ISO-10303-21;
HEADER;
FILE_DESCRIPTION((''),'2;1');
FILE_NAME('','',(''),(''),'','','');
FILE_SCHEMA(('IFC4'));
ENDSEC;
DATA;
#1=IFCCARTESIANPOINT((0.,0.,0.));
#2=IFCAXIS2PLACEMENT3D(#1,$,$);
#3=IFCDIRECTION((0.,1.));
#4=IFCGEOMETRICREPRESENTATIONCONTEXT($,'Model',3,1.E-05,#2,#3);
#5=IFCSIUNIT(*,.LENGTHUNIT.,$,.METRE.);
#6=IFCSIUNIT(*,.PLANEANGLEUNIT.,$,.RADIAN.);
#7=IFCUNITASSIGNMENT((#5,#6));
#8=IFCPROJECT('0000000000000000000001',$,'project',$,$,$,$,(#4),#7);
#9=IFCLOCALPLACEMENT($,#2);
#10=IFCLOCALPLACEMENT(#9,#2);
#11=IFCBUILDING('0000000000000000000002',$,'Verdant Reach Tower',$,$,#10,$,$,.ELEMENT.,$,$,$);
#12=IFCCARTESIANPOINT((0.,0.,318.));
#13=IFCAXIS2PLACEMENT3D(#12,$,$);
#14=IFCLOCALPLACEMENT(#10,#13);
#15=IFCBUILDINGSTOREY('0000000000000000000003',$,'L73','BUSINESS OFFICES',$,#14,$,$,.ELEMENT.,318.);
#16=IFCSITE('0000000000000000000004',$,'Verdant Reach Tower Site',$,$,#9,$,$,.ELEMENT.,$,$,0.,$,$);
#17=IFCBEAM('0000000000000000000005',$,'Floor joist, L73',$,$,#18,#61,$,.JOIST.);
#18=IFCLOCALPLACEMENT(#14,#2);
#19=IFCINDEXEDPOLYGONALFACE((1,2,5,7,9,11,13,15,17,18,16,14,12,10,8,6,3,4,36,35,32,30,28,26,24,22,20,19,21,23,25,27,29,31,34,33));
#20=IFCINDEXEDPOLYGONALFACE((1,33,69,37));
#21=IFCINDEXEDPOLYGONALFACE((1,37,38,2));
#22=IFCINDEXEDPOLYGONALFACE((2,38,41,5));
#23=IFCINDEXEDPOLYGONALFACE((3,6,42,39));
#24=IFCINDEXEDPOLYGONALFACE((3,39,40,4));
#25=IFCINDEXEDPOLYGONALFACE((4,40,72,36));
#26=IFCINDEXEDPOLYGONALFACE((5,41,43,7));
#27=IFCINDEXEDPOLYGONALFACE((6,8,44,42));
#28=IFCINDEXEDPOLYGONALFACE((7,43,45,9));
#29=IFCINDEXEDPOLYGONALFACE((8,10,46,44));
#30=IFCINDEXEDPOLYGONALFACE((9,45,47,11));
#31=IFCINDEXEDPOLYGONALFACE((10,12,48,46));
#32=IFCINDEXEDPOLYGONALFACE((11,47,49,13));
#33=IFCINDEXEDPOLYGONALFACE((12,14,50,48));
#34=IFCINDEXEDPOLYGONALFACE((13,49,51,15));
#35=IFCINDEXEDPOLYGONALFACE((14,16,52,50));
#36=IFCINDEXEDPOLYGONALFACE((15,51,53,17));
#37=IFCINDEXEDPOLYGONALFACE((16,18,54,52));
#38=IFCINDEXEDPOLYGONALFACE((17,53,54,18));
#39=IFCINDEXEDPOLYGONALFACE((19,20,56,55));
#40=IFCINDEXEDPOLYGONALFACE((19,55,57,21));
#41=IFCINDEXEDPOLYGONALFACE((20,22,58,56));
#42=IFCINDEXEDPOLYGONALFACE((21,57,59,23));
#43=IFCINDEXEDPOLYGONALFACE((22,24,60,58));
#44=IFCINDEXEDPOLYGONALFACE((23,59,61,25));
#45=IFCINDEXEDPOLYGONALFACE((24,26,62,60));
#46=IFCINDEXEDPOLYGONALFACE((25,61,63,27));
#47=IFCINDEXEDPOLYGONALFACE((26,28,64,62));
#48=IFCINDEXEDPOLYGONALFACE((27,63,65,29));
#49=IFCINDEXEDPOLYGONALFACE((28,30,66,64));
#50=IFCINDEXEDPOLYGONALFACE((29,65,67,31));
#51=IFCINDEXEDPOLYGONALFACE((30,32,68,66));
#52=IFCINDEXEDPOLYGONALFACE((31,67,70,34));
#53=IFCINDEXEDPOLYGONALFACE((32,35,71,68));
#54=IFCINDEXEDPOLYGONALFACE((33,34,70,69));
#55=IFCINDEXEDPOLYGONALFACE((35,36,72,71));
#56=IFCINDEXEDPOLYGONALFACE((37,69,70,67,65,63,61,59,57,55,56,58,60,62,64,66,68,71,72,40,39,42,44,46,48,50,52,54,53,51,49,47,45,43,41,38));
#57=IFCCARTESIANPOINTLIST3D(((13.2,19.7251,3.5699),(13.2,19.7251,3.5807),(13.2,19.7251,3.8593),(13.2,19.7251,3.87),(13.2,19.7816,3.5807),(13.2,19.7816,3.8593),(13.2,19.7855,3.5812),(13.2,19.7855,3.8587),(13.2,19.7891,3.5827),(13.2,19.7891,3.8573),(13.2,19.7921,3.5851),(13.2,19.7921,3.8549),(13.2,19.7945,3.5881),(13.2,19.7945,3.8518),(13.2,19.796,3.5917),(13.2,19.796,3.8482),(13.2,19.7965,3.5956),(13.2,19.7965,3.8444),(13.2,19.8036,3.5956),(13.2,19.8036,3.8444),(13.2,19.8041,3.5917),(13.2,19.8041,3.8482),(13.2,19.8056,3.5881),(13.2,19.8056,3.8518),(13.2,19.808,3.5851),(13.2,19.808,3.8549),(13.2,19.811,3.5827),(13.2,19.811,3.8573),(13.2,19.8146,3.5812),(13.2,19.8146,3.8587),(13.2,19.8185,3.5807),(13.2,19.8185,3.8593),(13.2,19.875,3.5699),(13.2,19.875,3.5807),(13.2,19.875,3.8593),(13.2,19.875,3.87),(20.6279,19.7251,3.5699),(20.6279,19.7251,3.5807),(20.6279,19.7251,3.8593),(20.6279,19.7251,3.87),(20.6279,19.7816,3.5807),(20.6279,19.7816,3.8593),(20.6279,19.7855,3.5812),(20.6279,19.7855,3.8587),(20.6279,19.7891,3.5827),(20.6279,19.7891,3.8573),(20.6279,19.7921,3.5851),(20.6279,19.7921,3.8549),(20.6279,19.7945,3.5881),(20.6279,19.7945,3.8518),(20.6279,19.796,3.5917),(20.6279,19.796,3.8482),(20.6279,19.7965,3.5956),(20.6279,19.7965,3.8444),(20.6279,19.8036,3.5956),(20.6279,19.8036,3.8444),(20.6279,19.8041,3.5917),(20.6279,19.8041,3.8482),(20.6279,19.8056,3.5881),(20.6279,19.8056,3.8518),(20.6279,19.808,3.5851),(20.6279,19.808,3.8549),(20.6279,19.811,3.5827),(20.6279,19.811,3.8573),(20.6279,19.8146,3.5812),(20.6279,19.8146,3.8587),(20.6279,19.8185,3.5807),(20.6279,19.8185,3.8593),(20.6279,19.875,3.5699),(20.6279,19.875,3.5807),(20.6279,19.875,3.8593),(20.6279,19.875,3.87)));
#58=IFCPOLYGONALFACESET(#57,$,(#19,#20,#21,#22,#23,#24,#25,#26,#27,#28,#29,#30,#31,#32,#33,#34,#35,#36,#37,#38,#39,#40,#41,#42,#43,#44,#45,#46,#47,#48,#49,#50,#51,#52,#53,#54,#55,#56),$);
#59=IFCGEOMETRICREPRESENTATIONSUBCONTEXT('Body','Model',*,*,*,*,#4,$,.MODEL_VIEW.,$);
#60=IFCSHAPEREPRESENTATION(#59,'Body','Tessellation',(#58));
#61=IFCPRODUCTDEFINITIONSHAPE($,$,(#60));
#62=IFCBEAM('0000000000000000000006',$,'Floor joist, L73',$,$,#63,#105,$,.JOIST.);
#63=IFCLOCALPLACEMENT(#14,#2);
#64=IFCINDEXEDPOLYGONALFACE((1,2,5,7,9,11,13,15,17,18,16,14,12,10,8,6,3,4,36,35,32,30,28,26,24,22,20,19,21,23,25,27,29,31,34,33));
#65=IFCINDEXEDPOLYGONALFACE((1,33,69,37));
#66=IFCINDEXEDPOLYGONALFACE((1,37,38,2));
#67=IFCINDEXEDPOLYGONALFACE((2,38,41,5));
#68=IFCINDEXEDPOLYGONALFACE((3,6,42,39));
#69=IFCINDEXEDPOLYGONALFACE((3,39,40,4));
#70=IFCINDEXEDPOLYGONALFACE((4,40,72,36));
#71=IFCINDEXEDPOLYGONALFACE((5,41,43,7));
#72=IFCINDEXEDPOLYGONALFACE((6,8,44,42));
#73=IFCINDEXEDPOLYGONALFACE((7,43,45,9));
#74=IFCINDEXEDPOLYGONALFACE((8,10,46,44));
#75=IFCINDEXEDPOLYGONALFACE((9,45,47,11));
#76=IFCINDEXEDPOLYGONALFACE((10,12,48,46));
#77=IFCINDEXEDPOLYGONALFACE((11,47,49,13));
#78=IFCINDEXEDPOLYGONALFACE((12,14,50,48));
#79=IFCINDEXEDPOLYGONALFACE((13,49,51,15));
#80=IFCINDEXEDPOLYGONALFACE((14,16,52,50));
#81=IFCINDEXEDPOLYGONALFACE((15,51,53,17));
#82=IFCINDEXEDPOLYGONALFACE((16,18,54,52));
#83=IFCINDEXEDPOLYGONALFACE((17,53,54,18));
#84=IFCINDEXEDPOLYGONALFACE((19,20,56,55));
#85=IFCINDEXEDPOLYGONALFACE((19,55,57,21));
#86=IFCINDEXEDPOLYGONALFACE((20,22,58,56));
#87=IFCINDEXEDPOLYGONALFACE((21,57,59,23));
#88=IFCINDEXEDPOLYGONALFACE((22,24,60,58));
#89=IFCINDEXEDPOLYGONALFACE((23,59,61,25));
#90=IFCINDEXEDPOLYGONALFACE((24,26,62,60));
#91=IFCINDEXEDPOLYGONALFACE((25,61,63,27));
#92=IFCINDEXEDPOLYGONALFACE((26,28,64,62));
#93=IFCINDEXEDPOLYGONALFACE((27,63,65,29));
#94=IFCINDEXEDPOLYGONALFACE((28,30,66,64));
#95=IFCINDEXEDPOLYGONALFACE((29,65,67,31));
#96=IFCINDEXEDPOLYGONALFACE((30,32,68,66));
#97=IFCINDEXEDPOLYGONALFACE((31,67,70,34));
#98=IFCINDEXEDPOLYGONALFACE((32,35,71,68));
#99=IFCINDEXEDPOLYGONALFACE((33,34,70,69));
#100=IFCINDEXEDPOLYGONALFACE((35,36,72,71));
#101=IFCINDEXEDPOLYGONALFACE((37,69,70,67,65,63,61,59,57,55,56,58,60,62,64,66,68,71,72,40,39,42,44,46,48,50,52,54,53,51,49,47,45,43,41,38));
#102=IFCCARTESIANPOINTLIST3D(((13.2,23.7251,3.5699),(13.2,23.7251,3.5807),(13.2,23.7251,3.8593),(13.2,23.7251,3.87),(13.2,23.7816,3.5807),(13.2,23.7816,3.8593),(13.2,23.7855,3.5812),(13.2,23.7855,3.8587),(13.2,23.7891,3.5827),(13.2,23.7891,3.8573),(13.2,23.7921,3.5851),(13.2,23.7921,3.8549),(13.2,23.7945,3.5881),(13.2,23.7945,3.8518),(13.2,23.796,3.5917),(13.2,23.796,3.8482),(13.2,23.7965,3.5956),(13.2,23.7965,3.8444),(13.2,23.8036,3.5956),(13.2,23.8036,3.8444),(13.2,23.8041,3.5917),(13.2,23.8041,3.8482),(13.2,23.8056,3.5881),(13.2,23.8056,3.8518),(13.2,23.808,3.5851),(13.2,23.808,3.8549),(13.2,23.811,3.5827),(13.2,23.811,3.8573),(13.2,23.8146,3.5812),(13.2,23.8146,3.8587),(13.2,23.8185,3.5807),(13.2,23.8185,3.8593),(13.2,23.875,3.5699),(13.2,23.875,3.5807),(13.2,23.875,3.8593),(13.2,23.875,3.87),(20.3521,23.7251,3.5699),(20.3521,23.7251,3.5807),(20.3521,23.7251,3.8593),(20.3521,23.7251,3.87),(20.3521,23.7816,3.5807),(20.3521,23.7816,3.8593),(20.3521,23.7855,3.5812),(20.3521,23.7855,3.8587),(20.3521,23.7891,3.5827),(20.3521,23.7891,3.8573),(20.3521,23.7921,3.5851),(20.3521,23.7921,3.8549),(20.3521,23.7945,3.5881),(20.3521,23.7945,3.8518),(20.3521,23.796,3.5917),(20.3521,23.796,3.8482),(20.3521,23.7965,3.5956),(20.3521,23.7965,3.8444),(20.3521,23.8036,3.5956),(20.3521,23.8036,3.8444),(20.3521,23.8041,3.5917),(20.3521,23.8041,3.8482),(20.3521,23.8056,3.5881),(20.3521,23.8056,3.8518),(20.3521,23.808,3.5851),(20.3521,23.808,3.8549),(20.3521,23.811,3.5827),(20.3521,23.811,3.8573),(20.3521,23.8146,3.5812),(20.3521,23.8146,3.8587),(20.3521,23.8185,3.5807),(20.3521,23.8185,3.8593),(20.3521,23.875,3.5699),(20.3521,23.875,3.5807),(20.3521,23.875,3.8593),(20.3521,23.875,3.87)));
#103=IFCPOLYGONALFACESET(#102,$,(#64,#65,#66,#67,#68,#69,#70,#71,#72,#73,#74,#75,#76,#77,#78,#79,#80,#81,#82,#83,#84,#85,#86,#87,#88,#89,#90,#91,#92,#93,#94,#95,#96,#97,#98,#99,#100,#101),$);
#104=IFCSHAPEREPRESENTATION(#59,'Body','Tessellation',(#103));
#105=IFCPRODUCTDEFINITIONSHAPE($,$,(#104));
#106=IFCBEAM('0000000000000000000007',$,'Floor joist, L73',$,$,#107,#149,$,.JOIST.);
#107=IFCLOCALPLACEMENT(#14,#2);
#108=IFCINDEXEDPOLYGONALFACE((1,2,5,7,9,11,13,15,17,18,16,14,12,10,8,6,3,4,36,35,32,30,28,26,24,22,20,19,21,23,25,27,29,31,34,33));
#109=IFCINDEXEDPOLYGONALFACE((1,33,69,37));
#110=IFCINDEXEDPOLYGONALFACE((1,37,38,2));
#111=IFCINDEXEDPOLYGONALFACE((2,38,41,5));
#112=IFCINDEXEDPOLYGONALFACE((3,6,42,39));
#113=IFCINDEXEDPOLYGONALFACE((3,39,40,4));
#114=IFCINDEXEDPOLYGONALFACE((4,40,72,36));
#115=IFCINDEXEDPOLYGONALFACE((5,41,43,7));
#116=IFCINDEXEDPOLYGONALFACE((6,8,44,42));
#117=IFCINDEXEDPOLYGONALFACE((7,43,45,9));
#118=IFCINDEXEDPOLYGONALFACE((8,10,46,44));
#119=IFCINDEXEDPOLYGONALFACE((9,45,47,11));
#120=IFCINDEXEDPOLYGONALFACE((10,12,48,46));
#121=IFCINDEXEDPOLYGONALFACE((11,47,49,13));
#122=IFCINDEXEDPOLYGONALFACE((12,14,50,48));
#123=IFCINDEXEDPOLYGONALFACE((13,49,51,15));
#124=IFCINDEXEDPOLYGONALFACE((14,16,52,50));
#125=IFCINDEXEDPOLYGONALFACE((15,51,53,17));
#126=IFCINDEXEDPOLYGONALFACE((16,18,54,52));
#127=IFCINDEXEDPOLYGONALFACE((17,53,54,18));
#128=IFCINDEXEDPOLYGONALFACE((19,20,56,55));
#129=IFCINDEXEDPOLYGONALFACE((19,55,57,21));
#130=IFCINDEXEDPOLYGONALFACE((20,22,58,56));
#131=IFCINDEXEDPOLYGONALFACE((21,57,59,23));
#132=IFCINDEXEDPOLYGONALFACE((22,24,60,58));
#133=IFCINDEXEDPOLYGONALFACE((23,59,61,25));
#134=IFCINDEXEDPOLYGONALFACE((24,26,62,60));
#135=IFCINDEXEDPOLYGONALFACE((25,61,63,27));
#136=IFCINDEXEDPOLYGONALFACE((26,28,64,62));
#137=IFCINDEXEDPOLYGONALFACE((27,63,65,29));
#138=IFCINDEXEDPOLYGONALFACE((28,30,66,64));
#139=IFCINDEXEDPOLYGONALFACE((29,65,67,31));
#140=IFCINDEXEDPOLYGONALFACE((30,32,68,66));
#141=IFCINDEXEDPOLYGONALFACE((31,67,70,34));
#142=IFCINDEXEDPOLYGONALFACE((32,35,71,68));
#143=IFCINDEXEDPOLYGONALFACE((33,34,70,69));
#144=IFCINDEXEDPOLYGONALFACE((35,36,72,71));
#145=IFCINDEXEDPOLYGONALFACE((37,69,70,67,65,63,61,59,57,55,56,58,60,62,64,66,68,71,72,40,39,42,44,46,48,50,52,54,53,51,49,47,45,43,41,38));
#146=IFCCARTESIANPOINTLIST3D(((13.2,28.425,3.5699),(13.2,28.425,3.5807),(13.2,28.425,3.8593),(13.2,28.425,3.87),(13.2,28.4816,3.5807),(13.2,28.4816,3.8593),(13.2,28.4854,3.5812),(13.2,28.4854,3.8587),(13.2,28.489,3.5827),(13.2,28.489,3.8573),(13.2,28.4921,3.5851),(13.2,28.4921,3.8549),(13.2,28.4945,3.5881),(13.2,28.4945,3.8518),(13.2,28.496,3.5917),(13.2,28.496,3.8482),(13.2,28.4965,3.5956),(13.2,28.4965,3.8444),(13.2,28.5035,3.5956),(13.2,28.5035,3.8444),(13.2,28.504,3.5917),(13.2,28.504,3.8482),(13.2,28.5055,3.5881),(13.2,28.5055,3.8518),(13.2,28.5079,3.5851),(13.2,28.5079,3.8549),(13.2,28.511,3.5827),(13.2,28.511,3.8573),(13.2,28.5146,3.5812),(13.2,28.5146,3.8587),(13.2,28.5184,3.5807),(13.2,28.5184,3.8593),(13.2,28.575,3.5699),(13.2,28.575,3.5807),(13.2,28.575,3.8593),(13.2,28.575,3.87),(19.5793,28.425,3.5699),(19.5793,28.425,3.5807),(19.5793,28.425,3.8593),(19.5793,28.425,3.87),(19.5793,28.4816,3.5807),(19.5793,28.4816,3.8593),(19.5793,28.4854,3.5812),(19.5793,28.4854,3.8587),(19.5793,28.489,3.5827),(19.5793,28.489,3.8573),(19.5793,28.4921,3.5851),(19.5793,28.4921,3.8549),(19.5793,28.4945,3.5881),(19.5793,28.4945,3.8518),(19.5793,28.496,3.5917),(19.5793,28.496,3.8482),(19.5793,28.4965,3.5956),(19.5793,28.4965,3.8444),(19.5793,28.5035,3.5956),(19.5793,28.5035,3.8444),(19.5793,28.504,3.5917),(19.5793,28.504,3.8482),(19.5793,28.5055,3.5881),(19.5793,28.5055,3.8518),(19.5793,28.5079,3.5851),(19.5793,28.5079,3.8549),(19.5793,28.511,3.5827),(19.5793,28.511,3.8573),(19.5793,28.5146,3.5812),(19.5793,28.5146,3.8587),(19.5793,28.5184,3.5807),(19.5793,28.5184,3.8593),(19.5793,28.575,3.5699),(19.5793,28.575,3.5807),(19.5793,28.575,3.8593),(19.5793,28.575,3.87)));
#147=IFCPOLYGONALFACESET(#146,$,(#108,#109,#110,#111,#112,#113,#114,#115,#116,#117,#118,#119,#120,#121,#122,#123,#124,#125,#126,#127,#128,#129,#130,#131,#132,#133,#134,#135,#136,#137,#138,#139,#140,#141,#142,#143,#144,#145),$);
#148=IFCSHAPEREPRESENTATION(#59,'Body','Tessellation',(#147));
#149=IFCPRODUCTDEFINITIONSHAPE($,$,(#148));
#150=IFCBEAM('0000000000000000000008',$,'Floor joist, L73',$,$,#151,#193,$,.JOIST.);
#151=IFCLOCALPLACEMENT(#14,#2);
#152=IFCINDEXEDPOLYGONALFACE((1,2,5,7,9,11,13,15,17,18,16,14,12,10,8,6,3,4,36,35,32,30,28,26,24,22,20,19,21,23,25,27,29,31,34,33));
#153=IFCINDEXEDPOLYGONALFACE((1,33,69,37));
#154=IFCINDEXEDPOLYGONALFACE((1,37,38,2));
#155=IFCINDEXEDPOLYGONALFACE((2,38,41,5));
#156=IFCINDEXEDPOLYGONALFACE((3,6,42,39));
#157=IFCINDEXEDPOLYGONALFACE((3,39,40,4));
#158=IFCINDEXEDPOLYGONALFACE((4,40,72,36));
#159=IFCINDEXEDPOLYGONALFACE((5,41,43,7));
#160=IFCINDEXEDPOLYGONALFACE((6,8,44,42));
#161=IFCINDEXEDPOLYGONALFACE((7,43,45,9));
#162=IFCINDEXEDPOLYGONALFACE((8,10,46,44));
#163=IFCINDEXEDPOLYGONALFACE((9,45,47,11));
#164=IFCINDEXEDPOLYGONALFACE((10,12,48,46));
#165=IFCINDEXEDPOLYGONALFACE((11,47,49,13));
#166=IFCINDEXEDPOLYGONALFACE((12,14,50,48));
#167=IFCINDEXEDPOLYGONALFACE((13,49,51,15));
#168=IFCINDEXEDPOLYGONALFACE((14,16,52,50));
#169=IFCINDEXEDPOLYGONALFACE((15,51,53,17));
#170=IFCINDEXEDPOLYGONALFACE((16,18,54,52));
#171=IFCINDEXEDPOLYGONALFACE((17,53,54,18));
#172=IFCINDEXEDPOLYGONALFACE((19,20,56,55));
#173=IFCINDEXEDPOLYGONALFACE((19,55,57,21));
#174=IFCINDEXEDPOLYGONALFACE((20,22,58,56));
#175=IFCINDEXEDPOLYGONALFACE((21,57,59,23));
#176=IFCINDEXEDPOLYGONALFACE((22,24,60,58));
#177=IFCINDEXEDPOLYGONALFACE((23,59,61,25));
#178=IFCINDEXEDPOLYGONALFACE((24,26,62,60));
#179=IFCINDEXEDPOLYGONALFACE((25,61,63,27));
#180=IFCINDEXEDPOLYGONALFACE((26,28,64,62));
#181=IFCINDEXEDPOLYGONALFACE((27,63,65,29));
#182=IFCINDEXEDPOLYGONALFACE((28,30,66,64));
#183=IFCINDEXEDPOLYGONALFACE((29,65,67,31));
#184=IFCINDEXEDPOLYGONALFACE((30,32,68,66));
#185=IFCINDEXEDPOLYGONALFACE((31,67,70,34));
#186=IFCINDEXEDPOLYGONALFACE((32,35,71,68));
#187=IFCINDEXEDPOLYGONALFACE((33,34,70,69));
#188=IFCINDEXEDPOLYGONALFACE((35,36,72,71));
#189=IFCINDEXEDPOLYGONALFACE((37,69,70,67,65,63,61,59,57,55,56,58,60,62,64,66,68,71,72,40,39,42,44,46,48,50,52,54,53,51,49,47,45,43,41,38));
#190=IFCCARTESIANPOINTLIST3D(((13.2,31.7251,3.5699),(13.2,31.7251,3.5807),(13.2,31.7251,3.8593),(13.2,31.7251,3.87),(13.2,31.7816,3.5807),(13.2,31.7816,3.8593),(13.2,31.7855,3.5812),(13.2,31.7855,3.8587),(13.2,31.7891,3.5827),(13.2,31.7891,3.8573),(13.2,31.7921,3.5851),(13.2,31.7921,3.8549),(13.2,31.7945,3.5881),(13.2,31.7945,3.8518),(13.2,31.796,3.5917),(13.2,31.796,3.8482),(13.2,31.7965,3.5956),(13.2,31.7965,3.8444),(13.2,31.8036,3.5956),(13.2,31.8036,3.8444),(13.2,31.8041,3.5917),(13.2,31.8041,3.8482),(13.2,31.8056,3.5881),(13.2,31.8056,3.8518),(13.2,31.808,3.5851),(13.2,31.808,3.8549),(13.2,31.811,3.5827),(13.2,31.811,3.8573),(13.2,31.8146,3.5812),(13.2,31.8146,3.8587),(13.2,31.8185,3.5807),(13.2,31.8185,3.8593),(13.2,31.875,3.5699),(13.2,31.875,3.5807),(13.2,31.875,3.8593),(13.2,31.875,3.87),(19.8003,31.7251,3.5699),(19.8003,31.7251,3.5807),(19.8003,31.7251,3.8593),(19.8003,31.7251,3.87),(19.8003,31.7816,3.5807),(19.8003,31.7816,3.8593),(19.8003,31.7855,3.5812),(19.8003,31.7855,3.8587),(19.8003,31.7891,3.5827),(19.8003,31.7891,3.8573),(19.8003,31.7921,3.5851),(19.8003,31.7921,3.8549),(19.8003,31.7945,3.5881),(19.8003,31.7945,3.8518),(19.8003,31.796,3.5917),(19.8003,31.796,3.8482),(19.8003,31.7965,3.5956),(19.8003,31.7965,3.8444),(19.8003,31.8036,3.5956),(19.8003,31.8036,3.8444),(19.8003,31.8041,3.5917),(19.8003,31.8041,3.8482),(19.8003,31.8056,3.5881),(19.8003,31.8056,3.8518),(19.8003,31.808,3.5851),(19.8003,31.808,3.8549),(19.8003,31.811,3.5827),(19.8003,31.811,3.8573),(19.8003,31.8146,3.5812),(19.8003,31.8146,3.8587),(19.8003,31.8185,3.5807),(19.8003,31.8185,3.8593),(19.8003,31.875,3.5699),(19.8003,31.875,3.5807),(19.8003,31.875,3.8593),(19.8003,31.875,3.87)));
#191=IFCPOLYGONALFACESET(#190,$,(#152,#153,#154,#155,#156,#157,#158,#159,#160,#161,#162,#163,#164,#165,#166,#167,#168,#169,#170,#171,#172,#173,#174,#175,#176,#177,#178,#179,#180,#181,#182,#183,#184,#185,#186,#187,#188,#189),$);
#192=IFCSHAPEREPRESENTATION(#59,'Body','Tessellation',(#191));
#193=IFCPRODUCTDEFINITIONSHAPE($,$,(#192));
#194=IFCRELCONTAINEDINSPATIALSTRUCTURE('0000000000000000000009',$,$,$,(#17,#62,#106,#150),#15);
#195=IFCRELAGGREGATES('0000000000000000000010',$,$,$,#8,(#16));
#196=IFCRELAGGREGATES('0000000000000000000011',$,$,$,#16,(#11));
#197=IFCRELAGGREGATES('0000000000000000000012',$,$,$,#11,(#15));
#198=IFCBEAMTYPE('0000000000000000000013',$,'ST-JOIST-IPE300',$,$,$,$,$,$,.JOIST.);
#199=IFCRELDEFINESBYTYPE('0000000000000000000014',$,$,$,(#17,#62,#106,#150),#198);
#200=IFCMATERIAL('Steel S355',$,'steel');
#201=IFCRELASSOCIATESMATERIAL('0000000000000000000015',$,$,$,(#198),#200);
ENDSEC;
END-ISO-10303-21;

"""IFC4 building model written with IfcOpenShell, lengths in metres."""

from ifc_helpers import new_model, si_unit, direction, frame, origin, origin_2d, place, context, subcontext, project, spatial, i_section, extrude, material, material_profile, profile_set, type_object, element, save


model = new_model("IFC4")

# Units and contexts
model_context = context("Model", 3, precision=1e-05, world=origin(), true_north=direction((0.0, 1.0)))
body_context = subcontext(model_context, "Body", "Model", "MODEL_VIEW")
ifc_project = project(units=[si_unit("LENGTHUNIT", "METRE"), si_unit("PLANEANGLEUNIT", "RADIAN")], contexts=[model_context])

# Site, building, storey
site_placement = place(None, origin())
site = spatial("IfcSite", under=ifc_project, at=site_placement, Name="Verdant Reach Tower Site", CompositionType="ELEMENT", RefElevation=0.0)
building_placement = place(site_placement, origin())
building = spatial("IfcBuilding", under=site, at=building_placement, Name="Verdant Reach Tower", CompositionType="ELEMENT")
storey_placement = place(building_placement, frame((0.0, 0.0, 318.0)))
storey = spatial("IfcBuildingStorey", under=building, at=storey_placement, Name="L73", Description="BUSINESS OFFICES", CompositionType="ELEMENT", Elevation=318.0)

# Beams
ifc_material_1 = material(Name="Steel S355", Category="steel")
ifc_material_profile = material_profile(ifc_material_1, i_section(OverallWidth=0.1499, OverallDepth=0.3, WebThickness=0.0071, FlangeThickness=0.0107, FilletRadius=0.0149, at=origin_2d()), Name="IPE 300")
ifc_profile_set = profile_set([ifc_material_profile], Name="Steel S355")
beam_type = type_object("IfcBeamType", Name="ST-JOIST-IPE300", PredefinedType="JOIST", material=ifc_profile_set)
beam_1_placement = place(storey_placement, frame((13.2, 19.8, 3.72), z_axis=(1.0, 0.0, 0.0), x_axis=(0.0, 1.0, 0.0)))
element("IfcBeam", 1, at=beam_1_placement, inside=storey, type_object=beam_type, Name="Floor joist, L73", PredefinedType="JOIST", context=body_context, shape_type="SweptSolid", body=[
    extrude(i_section(OverallWidth=0.1499, OverallDepth=0.3, WebThickness=0.0071, FlangeThickness=0.0107, FilletRadius=0.0149, at=origin_2d()), origin(), (0.0, 0.0, 1.0), 7.428),
])
beam_2_placement = place(storey_placement, frame((13.2, 23.8, 3.72), z_axis=(1.0, 0.0, 0.0), x_axis=(0.0, 1.0, 0.0)))
element("IfcBeam", 2, at=beam_2_placement, inside=storey, type_object=beam_type, Name="Floor joist, L73", PredefinedType="JOIST", context=body_context, shape_type="SweptSolid", body=[
    extrude(i_section(OverallWidth=0.1499, OverallDepth=0.3, WebThickness=0.0071, FlangeThickness=0.0107, FilletRadius=0.0149, at=origin_2d()), origin(), (0.0, 0.0, 1.0), 7.1521),
])
beam_3_placement = place(storey_placement, frame((13.2, 28.5, 3.72), z_axis=(1.0, 0.0, 0.0), x_axis=(0.0, 1.0, 0.0)))
element("IfcBeam", 3, at=beam_3_placement, inside=storey, type_object=beam_type, Name="Floor joist, L73", PredefinedType="JOIST", context=body_context, shape_type="SweptSolid", body=[
    extrude(i_section(OverallWidth=0.1499, OverallDepth=0.3, WebThickness=0.0071, FlangeThickness=0.0107, FilletRadius=0.0149, at=origin_2d()), origin(), (0.0, 0.0, 1.0), 6.3794),
])
beam_4_placement = place(storey_placement, frame((13.2, 31.8, 3.72), z_axis=(1.0, 0.0, 0.0), x_axis=(0.0, 1.0, 0.0)))
element("IfcBeam", 4, at=beam_4_placement, inside=storey, type_object=beam_type, Name="Floor joist, L73", PredefinedType="JOIST", context=body_context, shape_type="SweptSolid", body=[
    extrude(i_section(OverallWidth=0.1499, OverallDepth=0.3, WebThickness=0.0071, FlangeThickness=0.0107, FilletRadius=0.0149, at=origin_2d()), origin(), (0.0, 0.0, 1.0), 6.6003),
])

save(model, "model.ifc")
